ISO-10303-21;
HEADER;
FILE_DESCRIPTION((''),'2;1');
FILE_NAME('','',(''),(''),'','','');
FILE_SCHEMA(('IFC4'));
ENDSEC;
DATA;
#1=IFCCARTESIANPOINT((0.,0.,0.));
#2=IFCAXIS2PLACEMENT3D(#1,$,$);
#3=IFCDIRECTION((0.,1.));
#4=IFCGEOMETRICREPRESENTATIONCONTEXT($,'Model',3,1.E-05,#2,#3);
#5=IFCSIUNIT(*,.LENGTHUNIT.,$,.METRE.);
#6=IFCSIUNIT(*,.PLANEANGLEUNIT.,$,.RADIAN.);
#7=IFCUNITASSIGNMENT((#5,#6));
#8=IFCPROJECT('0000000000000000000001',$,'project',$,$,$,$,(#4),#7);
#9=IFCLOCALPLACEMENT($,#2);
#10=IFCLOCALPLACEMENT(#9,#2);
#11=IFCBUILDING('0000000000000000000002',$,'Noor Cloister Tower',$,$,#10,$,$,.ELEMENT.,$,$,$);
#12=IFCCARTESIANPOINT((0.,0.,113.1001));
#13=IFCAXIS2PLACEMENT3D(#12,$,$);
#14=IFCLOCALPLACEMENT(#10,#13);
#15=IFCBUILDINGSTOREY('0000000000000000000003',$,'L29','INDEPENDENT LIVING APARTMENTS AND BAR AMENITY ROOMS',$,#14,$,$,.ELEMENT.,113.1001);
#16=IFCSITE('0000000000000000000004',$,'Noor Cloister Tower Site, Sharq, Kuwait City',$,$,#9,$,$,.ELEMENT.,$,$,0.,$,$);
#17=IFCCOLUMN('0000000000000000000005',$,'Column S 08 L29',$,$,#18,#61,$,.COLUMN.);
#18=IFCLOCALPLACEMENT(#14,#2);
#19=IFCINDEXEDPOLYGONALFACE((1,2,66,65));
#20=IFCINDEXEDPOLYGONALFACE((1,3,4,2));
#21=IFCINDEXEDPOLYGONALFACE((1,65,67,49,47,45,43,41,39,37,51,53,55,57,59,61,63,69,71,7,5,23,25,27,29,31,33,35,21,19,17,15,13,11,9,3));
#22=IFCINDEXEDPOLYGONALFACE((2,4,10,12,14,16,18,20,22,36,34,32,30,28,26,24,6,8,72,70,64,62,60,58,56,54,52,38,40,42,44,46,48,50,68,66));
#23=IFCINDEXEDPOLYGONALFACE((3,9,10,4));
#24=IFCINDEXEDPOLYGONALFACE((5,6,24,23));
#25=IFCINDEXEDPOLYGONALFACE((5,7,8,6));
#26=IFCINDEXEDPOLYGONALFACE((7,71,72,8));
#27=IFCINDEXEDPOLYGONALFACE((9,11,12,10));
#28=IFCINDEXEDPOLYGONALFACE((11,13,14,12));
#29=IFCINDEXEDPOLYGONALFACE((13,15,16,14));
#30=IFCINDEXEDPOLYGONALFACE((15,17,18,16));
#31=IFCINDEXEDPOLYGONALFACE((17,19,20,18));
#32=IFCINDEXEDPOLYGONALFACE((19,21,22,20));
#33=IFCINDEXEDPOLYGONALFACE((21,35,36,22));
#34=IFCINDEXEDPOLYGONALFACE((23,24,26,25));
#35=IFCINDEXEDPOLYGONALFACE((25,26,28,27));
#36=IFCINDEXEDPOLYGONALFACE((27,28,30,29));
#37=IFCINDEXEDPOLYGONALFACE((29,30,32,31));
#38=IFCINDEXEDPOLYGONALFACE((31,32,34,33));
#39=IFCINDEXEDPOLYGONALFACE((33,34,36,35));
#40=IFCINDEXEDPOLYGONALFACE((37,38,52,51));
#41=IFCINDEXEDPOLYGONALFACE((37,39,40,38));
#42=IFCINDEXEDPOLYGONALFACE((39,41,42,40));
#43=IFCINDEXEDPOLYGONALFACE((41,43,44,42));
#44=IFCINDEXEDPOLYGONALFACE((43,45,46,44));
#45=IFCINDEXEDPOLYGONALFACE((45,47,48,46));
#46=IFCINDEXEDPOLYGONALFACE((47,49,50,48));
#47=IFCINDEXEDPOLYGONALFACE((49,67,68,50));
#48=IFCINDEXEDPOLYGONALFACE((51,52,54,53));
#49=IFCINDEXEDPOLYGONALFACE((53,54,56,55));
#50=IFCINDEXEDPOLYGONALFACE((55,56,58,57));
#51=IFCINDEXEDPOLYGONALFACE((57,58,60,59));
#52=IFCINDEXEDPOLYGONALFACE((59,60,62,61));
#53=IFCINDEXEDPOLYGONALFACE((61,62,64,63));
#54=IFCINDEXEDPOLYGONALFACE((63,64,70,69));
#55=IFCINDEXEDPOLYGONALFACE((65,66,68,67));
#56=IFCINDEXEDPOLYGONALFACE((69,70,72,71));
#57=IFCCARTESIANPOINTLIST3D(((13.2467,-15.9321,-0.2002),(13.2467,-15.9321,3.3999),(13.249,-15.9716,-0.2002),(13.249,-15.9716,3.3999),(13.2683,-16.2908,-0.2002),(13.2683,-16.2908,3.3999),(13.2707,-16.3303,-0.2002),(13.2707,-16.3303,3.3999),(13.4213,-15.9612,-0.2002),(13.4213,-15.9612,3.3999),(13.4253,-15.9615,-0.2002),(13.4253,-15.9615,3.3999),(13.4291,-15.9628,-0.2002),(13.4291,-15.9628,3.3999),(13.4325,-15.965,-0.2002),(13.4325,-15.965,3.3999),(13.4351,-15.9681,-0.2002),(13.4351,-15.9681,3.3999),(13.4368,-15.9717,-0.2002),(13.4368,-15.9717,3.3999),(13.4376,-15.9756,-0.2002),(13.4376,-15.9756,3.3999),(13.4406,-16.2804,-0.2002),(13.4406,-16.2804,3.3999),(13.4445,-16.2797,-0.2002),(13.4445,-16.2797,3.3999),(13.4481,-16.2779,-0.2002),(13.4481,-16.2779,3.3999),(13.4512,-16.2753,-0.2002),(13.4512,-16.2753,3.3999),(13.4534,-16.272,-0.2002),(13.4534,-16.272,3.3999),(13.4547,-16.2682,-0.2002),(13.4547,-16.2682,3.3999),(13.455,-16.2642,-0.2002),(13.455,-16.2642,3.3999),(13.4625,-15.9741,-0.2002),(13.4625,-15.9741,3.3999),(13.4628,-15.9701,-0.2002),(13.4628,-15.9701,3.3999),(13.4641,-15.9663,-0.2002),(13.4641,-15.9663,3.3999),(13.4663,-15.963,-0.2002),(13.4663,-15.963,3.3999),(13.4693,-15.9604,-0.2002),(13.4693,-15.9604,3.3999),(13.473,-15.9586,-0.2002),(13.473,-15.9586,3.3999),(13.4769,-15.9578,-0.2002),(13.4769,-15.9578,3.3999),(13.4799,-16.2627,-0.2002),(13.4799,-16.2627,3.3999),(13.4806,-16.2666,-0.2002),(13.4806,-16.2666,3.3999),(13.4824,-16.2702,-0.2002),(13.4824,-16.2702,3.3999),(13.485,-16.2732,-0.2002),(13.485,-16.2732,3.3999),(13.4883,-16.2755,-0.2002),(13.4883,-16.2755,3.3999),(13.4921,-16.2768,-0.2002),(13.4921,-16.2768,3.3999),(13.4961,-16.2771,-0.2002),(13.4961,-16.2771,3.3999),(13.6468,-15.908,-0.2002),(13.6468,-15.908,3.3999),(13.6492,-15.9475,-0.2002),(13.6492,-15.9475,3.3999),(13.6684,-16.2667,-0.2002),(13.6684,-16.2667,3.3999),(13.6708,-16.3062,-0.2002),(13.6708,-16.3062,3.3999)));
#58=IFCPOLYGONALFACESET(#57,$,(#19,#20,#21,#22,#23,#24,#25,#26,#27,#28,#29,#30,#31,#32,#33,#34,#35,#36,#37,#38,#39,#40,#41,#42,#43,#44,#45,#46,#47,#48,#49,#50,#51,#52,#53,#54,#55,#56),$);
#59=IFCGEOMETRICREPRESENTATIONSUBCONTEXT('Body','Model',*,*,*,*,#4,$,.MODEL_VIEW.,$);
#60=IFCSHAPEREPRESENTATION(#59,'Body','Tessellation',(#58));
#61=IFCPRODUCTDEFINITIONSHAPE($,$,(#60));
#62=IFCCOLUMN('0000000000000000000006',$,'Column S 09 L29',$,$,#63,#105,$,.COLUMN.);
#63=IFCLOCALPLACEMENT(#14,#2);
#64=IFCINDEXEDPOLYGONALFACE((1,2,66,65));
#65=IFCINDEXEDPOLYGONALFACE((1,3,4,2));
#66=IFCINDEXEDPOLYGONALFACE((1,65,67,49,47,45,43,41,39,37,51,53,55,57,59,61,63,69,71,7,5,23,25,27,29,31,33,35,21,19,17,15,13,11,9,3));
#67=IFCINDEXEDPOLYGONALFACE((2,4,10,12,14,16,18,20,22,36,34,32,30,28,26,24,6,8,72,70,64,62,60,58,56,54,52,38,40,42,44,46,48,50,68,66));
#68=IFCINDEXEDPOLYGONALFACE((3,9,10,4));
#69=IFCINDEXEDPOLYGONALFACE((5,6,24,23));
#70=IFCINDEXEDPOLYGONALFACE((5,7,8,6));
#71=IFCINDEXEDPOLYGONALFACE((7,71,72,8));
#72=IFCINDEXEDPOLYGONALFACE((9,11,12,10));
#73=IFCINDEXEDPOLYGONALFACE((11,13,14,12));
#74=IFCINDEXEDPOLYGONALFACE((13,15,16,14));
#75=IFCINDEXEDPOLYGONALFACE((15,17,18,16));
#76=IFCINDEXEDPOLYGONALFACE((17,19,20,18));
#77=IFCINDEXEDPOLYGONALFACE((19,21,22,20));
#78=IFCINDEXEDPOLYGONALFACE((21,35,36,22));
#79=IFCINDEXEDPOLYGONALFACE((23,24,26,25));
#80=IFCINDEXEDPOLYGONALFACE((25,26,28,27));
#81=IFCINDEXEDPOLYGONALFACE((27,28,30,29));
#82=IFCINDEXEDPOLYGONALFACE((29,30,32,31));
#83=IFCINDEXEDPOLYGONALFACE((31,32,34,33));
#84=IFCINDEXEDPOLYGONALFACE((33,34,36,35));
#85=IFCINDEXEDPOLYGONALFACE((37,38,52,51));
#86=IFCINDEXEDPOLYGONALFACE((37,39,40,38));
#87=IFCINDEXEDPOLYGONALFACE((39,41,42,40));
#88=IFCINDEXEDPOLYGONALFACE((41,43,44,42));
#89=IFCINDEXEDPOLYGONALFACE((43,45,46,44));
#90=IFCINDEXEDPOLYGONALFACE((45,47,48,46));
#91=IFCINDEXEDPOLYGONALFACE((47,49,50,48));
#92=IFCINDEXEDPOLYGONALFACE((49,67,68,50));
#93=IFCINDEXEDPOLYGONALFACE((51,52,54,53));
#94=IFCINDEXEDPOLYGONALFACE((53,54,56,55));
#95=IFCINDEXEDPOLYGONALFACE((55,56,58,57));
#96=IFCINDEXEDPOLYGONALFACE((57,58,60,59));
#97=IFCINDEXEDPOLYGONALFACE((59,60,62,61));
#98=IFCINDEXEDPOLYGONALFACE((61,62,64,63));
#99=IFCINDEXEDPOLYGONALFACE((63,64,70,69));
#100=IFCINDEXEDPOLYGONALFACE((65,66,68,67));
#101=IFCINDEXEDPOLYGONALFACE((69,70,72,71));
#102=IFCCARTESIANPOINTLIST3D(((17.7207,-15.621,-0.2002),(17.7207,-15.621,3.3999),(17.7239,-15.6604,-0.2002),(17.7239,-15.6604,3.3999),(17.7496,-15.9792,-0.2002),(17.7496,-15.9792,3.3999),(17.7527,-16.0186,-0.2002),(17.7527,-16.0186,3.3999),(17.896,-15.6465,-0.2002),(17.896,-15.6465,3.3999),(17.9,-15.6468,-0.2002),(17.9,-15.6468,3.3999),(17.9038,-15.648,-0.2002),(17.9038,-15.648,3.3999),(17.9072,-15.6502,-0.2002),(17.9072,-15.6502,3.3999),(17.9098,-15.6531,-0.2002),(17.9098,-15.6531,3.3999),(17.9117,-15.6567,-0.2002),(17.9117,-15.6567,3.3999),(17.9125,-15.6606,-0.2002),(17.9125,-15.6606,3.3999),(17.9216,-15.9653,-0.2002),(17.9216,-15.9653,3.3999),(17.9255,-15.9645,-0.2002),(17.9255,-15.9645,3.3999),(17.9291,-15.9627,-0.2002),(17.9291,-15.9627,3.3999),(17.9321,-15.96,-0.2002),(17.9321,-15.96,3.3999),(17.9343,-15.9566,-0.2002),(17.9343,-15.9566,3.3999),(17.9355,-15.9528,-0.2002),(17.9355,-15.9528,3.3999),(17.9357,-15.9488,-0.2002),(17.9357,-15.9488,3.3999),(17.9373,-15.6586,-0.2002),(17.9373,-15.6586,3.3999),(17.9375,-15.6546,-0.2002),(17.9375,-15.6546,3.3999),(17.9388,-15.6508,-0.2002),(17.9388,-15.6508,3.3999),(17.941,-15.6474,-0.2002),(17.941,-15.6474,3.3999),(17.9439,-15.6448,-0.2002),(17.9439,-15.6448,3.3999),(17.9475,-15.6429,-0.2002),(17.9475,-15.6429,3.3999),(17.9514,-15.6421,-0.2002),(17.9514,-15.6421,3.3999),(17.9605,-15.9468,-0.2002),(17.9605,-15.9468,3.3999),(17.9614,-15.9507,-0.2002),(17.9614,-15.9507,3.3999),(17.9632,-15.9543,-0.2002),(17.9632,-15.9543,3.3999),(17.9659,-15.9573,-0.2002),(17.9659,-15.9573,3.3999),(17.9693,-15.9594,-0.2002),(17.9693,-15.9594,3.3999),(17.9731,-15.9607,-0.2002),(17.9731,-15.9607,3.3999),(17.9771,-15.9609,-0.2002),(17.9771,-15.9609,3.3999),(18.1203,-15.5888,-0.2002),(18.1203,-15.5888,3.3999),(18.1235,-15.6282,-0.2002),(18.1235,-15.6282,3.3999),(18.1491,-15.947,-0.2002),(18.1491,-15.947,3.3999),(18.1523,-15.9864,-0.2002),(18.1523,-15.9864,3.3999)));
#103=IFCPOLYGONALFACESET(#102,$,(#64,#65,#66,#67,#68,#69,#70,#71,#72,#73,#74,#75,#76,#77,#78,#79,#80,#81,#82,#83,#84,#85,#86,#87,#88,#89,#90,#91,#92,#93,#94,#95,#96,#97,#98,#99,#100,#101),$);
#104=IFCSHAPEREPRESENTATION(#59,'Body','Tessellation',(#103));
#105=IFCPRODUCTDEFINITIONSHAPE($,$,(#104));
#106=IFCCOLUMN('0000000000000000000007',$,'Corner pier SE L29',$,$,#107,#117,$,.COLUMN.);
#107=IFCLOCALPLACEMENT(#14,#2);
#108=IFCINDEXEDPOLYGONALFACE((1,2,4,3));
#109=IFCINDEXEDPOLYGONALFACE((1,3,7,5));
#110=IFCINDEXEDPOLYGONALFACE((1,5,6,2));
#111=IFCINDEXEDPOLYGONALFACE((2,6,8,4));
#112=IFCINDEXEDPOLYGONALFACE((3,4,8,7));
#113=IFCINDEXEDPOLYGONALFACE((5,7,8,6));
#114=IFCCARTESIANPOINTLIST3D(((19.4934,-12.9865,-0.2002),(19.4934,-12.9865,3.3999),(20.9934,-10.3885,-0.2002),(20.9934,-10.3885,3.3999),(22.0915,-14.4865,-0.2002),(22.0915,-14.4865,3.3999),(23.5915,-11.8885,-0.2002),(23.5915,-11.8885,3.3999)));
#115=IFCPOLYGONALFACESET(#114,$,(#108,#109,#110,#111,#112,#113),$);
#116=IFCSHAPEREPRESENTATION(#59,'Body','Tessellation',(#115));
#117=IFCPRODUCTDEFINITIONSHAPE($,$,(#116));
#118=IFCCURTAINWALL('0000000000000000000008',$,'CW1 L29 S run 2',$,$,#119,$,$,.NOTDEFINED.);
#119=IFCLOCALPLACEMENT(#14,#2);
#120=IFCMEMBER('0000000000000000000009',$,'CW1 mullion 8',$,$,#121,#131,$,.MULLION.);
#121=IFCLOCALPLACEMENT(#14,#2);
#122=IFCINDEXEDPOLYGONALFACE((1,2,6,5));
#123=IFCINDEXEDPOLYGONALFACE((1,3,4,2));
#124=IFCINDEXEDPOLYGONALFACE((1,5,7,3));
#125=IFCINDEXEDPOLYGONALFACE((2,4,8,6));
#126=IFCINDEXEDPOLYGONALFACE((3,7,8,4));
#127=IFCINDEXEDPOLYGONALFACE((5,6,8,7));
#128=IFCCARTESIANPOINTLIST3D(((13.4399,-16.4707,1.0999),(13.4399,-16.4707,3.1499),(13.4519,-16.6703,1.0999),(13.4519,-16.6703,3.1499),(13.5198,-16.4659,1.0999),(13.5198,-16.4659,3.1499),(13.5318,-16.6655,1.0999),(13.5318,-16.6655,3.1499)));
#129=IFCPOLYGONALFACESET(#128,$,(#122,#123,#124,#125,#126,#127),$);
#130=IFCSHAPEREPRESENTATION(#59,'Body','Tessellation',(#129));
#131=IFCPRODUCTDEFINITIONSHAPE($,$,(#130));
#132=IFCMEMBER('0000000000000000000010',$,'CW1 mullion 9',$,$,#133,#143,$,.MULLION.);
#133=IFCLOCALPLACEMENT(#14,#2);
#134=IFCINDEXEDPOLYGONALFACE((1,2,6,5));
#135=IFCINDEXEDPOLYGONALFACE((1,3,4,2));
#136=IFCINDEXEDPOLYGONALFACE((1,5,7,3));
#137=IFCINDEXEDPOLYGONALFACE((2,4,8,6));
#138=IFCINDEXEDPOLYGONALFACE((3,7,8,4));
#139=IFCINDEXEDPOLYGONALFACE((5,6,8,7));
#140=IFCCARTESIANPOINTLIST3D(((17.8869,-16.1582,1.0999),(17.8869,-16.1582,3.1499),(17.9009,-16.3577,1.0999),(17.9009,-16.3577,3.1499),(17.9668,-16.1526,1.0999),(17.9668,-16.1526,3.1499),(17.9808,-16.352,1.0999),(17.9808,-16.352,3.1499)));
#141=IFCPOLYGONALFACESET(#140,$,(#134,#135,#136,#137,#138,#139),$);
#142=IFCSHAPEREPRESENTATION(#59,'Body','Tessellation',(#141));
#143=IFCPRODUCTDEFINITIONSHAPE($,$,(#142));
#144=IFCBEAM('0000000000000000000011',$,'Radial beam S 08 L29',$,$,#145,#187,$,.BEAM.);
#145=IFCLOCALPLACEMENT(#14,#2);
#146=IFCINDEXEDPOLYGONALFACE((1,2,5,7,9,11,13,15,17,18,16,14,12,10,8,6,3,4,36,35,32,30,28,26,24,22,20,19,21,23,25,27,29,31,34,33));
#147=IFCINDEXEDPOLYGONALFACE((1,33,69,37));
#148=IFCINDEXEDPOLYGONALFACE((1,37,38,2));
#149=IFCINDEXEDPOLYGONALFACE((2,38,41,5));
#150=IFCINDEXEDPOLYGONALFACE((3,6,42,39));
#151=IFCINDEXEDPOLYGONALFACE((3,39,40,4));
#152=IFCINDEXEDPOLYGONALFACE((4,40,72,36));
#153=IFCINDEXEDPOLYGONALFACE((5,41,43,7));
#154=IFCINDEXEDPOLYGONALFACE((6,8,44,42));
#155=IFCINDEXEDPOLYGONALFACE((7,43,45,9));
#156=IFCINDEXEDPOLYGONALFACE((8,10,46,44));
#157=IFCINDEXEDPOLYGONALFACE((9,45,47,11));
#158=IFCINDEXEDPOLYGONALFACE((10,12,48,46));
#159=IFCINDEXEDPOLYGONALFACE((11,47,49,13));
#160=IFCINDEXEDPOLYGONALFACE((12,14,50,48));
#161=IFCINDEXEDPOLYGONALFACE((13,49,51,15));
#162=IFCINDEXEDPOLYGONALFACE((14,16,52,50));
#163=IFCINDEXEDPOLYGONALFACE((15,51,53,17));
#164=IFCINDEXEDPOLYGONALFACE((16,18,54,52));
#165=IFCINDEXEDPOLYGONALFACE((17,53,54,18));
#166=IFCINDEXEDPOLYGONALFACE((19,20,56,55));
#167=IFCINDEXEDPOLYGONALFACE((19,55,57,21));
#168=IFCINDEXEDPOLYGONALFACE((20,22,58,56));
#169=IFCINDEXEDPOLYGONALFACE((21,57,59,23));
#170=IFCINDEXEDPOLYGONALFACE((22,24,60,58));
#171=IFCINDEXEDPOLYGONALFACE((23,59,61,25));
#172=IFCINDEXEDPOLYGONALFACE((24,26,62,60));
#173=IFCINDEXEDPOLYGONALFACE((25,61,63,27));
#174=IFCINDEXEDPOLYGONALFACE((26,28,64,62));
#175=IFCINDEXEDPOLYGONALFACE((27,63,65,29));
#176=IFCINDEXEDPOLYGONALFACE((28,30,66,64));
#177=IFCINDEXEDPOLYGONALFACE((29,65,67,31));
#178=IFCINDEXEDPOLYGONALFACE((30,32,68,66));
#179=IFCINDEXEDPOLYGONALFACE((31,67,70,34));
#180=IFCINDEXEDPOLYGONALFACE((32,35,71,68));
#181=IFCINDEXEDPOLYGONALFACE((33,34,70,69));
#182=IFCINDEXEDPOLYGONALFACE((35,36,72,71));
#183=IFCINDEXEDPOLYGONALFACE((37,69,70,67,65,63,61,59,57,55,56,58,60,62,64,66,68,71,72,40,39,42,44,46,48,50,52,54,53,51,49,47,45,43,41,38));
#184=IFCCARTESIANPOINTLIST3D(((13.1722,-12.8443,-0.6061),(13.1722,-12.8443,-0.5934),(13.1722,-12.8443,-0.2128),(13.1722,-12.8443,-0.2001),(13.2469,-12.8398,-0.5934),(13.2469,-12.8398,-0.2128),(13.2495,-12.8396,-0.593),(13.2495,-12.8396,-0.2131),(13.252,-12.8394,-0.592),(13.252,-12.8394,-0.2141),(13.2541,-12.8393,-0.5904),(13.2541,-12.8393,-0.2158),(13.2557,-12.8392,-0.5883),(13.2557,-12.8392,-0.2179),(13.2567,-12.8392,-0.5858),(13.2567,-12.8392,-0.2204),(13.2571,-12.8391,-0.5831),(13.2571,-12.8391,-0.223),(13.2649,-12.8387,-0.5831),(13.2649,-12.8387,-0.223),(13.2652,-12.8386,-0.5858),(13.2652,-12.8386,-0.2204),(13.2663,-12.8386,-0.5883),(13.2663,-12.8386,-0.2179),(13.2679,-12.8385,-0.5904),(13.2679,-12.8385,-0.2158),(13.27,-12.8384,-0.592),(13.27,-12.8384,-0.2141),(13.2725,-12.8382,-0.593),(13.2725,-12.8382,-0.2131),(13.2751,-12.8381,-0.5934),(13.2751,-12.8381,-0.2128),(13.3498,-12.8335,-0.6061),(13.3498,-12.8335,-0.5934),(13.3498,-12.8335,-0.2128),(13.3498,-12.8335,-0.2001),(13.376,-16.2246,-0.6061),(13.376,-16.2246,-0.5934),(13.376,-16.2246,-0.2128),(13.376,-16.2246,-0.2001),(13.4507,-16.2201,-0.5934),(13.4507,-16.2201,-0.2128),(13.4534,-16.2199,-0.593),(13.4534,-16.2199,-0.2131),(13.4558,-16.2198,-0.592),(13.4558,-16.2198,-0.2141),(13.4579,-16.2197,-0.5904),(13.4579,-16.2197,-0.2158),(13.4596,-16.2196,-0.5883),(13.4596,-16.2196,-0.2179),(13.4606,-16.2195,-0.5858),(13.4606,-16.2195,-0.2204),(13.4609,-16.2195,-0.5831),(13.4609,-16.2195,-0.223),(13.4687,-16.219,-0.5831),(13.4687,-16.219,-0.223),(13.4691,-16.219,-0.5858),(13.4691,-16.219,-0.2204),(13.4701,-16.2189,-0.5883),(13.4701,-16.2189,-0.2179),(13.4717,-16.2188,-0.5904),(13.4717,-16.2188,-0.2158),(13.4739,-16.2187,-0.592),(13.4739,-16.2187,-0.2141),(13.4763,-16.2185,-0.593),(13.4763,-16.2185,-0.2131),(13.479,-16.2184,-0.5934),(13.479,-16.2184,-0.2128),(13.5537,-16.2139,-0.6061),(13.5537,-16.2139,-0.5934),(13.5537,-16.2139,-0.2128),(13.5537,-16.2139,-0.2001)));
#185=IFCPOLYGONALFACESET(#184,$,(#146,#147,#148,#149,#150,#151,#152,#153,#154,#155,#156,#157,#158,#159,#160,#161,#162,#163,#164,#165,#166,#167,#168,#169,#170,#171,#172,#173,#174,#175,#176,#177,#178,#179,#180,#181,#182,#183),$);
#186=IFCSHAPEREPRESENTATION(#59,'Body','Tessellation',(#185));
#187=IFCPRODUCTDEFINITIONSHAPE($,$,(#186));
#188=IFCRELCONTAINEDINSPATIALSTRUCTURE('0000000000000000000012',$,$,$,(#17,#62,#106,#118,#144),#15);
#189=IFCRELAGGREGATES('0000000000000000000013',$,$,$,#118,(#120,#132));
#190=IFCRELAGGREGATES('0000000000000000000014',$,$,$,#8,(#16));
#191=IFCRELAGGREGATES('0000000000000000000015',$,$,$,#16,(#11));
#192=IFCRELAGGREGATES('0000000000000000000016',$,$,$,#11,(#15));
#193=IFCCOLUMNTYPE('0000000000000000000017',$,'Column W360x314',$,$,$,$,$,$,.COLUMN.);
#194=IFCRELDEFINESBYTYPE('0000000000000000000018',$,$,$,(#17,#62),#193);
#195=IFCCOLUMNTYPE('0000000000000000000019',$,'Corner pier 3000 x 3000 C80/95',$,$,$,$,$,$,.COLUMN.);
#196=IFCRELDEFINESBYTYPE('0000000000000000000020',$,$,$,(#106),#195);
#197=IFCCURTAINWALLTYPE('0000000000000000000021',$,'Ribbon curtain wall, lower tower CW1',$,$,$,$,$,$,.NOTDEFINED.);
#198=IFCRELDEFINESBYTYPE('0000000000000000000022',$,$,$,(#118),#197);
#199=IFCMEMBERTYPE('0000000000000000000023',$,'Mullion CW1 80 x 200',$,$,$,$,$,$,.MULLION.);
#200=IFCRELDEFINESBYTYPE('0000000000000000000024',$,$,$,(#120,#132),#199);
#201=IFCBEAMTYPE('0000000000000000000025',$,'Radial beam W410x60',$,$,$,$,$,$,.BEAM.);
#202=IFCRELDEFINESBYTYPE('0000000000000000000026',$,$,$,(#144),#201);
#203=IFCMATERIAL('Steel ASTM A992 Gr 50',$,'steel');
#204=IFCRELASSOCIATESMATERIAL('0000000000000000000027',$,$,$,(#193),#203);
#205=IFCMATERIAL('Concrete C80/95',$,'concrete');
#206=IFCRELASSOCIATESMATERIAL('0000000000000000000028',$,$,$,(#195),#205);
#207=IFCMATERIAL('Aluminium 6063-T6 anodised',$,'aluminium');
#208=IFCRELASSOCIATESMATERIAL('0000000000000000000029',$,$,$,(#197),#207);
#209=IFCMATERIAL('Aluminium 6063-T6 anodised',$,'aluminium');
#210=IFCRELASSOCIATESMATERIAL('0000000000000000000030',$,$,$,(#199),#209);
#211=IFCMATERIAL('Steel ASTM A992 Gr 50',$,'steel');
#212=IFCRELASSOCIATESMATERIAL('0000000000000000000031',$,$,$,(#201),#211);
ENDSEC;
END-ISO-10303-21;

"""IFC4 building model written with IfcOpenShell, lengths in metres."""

from ifc_helpers import new_model, si_unit, direction, frame, origin, origin_2d, place, context, subcontext, project, spatial, rectangle, i_section, extrude, material, material_profile, profile_set, type_object, element, aggregate, save


model = new_model("IFC4")

# Units and contexts
model_context = context("Model", 3, precision=1e-05, world=origin(), true_north=direction((0.0, 1.0)))
body_context = subcontext(model_context, "Body", "Model", "MODEL_VIEW")
ifc_project = project(units=[si_unit("LENGTHUNIT", "METRE"), si_unit("PLANEANGLEUNIT", "RADIAN")], contexts=[model_context])

# Site, building, storey
site_placement = place(None, origin())
site = spatial("IfcSite", under=ifc_project, at=site_placement, Name="Noor Cloister Tower Site, Sharq, Kuwait City", CompositionType="ELEMENT", RefElevation=0.0)
building_placement = place(site_placement, origin())
building = spatial("IfcBuilding", under=site, at=building_placement, Name="Noor Cloister Tower", CompositionType="ELEMENT")
storey_placement = place(building_placement, frame((0.0, 0.0, 113.1001)))
storey = spatial("IfcBuildingStorey", under=building, at=storey_placement, Name="L29", Description="INDEPENDENT LIVING APARTMENTS AND BAR AMENITY ROOMS", CompositionType="ELEMENT", Elevation=113.1001)

# Columns
ifc_material_1 = material(Name="Steel ASTM A992 Gr 50", Category="steel")
ifc_material_profile_1 = material_profile(ifc_material_1, i_section(OverallWidth=0.4009, OverallDepth=0.3989, WebThickness=0.0249, FlangeThickness=0.0396, FilletRadius=0.0154, at=origin_2d()), Name="W360x314")
ifc_profile_set_1 = profile_set([ifc_material_profile_1], Name="Steel ASTM A992 Gr 50")
column_type_1 = type_object("IfcColumnType", Name="Column W360x314", PredefinedType="COLUMN", material=ifc_profile_set_1)
for number, where, z_axis, x_axis, name in (
    (1, (13.4587, -16.1191, -0.2002), (0.0, 0.0, 1.0), (0.998186, 0.0602, 0.0), "Column S 08 L29"),
    (2, (17.9365, -15.8037, -0.2002), (0.0, 0.0, 1.0), (0.996776, 0.080229, 0.0), "Column S 09 L29"),
):
    element("IfcColumn", number, at=place(storey_placement, frame(where, z_axis=z_axis, x_axis=x_axis)), inside=storey, type_object=column_type_1, Name=name, PredefinedType="COLUMN", context=body_context, shape_type="SweptSolid", body=[
        extrude(i_section(OverallWidth=0.4009, OverallDepth=0.3989, WebThickness=0.0249, FlangeThickness=0.0396, FilletRadius=0.0154, at=origin_2d()), origin(), (0.0, 0.0, 1.0), 3.6001),
    ])
ifc_material_2 = material(Name="Concrete C80/95", Category="concrete")
ifc_material_profile_2 = material_profile(ifc_material_2, rectangle(XDim=3.0, YDim=3.0, at=origin_2d()), Name="RC 3000x3000")
ifc_profile_set_2 = profile_set([ifc_material_profile_2], Name="Concrete C80/95")
column_type_2 = type_object("IfcColumnType", Name="Corner pier 3000 x 3000 C80/95", PredefinedType="COLUMN", material=ifc_profile_set_2)
column_placement = place(storey_placement, frame((21.5425, -12.4375, -0.2002), z_axis=(0.0, 0.0, 1.0), x_axis=(0.866025, -0.5, 0.0)))
element("IfcColumn", 3, at=column_placement, inside=storey, type_object=column_type_2, Name="Corner pier SE L29", PredefinedType="COLUMN", context=body_context, shape_type="SweptSolid", body=[
    extrude(rectangle(XDim=3.0, YDim=3.0, at=origin_2d()), origin(), (0.0, 0.0, 1.0), 3.6001),
])

# Curtain wall, members
ifc_material_3 = material(Name="Aluminium 6063-T6 anodised", Category="aluminium")
curtain_wall_type = type_object("IfcCurtainWallType", Name="Ribbon curtain wall, lower tower CW1", PredefinedType="NOTDEFINED", material=ifc_material_3)
curtain_wall_placement = place(storey_placement, origin())
curtain_wall = element("IfcCurtainWall", 4, at=curtain_wall_placement, inside=storey, type_object=curtain_wall_type, Name="CW1 L29 S run 2", PredefinedType="NOTDEFINED")
ifc_material_4 = material(Name="Aluminium 6063-T6 anodised", Category="aluminium")
ifc_material_profile_3 = material_profile(ifc_material_4, rectangle(XDim=0.2, YDim=0.0801, at=origin_2d()), Name="200 x 80 mullion")
ifc_profile_set_3 = profile_set([ifc_material_profile_3], Name="Aluminium 6063-T6 anodised")
member_type = type_object("IfcMemberType", Name="Mullion CW1 80 x 200", PredefinedType="MULLION", material=ifc_profile_set_3)
member_1_placement = place(storey_placement, frame((13.4858, -16.5681, 1.0999), z_axis=(0.0, 0.0, 1.0), x_axis=(-0.0602, 0.998186, 0.0)))
member_1 = element("IfcMember", 5, at=member_1_placement, type_object=member_type, Name="CW1 mullion 8", PredefinedType="MULLION", context=body_context, shape_type="SweptSolid", body=[
    extrude(rectangle(XDim=0.2, YDim=0.0801, at=origin_2d()), origin(), (0.0, 0.0, 1.0), 2.05),
])
member_2_placement = place(storey_placement, frame((17.9338, -16.2551, 1.0999), z_axis=(0.0, 0.0, 1.0), x_axis=(-0.070218, 0.997532, 0.0)))
member_2 = element("IfcMember", 6, at=member_2_placement, type_object=member_type, Name="CW1 mullion 9", PredefinedType="MULLION", context=body_context, shape_type="SweptSolid", body=[
    extrude(rectangle(XDim=0.2, YDim=0.0801, at=origin_2d()), origin(), (0.0, 0.0, 1.0), 2.05),
])

# Beam
ifc_material_5 = material(Name="Steel ASTM A992 Gr 50", Category="steel")
ifc_material_profile_4 = material_profile(ifc_material_5, i_section(OverallWidth=0.178, OverallDepth=0.406, WebThickness=0.0078, FlangeThickness=0.0127, FilletRadius=0.0103, at=origin_2d()), Name="W410x60")
ifc_profile_set_4 = profile_set([ifc_material_profile_4], Name="Steel ASTM A992 Gr 50")
beam_type_1 = type_object("IfcBeamType", Name="Radial beam W410x60", PredefinedType="BEAM", material=ifc_profile_set_4)
beam_1_placement = place(storey_placement, frame((13.4648, -16.2192, -0.4031), z_axis=(-0.060197, 0.998187, 0.0), x_axis=(-0.998187, -0.060197, 0.0)))
element("IfcBeam", 7, at=beam_1_placement, inside=storey, type_object=beam_type_1, Name="Radial beam S 08 L29", PredefinedType="BEAM", context=body_context, shape_type="SweptSolid", body=[
    extrude(i_section(OverallWidth=0.178, OverallDepth=0.406, WebThickness=0.0078, FlangeThickness=0.0127, FilletRadius=0.0103, at=origin_2d()), origin(), (0.0, 0.0, 1.0), 3.3865),
])

aggregate(curtain_wall, [member_1, member_2])

save(model, "model.ifc")
